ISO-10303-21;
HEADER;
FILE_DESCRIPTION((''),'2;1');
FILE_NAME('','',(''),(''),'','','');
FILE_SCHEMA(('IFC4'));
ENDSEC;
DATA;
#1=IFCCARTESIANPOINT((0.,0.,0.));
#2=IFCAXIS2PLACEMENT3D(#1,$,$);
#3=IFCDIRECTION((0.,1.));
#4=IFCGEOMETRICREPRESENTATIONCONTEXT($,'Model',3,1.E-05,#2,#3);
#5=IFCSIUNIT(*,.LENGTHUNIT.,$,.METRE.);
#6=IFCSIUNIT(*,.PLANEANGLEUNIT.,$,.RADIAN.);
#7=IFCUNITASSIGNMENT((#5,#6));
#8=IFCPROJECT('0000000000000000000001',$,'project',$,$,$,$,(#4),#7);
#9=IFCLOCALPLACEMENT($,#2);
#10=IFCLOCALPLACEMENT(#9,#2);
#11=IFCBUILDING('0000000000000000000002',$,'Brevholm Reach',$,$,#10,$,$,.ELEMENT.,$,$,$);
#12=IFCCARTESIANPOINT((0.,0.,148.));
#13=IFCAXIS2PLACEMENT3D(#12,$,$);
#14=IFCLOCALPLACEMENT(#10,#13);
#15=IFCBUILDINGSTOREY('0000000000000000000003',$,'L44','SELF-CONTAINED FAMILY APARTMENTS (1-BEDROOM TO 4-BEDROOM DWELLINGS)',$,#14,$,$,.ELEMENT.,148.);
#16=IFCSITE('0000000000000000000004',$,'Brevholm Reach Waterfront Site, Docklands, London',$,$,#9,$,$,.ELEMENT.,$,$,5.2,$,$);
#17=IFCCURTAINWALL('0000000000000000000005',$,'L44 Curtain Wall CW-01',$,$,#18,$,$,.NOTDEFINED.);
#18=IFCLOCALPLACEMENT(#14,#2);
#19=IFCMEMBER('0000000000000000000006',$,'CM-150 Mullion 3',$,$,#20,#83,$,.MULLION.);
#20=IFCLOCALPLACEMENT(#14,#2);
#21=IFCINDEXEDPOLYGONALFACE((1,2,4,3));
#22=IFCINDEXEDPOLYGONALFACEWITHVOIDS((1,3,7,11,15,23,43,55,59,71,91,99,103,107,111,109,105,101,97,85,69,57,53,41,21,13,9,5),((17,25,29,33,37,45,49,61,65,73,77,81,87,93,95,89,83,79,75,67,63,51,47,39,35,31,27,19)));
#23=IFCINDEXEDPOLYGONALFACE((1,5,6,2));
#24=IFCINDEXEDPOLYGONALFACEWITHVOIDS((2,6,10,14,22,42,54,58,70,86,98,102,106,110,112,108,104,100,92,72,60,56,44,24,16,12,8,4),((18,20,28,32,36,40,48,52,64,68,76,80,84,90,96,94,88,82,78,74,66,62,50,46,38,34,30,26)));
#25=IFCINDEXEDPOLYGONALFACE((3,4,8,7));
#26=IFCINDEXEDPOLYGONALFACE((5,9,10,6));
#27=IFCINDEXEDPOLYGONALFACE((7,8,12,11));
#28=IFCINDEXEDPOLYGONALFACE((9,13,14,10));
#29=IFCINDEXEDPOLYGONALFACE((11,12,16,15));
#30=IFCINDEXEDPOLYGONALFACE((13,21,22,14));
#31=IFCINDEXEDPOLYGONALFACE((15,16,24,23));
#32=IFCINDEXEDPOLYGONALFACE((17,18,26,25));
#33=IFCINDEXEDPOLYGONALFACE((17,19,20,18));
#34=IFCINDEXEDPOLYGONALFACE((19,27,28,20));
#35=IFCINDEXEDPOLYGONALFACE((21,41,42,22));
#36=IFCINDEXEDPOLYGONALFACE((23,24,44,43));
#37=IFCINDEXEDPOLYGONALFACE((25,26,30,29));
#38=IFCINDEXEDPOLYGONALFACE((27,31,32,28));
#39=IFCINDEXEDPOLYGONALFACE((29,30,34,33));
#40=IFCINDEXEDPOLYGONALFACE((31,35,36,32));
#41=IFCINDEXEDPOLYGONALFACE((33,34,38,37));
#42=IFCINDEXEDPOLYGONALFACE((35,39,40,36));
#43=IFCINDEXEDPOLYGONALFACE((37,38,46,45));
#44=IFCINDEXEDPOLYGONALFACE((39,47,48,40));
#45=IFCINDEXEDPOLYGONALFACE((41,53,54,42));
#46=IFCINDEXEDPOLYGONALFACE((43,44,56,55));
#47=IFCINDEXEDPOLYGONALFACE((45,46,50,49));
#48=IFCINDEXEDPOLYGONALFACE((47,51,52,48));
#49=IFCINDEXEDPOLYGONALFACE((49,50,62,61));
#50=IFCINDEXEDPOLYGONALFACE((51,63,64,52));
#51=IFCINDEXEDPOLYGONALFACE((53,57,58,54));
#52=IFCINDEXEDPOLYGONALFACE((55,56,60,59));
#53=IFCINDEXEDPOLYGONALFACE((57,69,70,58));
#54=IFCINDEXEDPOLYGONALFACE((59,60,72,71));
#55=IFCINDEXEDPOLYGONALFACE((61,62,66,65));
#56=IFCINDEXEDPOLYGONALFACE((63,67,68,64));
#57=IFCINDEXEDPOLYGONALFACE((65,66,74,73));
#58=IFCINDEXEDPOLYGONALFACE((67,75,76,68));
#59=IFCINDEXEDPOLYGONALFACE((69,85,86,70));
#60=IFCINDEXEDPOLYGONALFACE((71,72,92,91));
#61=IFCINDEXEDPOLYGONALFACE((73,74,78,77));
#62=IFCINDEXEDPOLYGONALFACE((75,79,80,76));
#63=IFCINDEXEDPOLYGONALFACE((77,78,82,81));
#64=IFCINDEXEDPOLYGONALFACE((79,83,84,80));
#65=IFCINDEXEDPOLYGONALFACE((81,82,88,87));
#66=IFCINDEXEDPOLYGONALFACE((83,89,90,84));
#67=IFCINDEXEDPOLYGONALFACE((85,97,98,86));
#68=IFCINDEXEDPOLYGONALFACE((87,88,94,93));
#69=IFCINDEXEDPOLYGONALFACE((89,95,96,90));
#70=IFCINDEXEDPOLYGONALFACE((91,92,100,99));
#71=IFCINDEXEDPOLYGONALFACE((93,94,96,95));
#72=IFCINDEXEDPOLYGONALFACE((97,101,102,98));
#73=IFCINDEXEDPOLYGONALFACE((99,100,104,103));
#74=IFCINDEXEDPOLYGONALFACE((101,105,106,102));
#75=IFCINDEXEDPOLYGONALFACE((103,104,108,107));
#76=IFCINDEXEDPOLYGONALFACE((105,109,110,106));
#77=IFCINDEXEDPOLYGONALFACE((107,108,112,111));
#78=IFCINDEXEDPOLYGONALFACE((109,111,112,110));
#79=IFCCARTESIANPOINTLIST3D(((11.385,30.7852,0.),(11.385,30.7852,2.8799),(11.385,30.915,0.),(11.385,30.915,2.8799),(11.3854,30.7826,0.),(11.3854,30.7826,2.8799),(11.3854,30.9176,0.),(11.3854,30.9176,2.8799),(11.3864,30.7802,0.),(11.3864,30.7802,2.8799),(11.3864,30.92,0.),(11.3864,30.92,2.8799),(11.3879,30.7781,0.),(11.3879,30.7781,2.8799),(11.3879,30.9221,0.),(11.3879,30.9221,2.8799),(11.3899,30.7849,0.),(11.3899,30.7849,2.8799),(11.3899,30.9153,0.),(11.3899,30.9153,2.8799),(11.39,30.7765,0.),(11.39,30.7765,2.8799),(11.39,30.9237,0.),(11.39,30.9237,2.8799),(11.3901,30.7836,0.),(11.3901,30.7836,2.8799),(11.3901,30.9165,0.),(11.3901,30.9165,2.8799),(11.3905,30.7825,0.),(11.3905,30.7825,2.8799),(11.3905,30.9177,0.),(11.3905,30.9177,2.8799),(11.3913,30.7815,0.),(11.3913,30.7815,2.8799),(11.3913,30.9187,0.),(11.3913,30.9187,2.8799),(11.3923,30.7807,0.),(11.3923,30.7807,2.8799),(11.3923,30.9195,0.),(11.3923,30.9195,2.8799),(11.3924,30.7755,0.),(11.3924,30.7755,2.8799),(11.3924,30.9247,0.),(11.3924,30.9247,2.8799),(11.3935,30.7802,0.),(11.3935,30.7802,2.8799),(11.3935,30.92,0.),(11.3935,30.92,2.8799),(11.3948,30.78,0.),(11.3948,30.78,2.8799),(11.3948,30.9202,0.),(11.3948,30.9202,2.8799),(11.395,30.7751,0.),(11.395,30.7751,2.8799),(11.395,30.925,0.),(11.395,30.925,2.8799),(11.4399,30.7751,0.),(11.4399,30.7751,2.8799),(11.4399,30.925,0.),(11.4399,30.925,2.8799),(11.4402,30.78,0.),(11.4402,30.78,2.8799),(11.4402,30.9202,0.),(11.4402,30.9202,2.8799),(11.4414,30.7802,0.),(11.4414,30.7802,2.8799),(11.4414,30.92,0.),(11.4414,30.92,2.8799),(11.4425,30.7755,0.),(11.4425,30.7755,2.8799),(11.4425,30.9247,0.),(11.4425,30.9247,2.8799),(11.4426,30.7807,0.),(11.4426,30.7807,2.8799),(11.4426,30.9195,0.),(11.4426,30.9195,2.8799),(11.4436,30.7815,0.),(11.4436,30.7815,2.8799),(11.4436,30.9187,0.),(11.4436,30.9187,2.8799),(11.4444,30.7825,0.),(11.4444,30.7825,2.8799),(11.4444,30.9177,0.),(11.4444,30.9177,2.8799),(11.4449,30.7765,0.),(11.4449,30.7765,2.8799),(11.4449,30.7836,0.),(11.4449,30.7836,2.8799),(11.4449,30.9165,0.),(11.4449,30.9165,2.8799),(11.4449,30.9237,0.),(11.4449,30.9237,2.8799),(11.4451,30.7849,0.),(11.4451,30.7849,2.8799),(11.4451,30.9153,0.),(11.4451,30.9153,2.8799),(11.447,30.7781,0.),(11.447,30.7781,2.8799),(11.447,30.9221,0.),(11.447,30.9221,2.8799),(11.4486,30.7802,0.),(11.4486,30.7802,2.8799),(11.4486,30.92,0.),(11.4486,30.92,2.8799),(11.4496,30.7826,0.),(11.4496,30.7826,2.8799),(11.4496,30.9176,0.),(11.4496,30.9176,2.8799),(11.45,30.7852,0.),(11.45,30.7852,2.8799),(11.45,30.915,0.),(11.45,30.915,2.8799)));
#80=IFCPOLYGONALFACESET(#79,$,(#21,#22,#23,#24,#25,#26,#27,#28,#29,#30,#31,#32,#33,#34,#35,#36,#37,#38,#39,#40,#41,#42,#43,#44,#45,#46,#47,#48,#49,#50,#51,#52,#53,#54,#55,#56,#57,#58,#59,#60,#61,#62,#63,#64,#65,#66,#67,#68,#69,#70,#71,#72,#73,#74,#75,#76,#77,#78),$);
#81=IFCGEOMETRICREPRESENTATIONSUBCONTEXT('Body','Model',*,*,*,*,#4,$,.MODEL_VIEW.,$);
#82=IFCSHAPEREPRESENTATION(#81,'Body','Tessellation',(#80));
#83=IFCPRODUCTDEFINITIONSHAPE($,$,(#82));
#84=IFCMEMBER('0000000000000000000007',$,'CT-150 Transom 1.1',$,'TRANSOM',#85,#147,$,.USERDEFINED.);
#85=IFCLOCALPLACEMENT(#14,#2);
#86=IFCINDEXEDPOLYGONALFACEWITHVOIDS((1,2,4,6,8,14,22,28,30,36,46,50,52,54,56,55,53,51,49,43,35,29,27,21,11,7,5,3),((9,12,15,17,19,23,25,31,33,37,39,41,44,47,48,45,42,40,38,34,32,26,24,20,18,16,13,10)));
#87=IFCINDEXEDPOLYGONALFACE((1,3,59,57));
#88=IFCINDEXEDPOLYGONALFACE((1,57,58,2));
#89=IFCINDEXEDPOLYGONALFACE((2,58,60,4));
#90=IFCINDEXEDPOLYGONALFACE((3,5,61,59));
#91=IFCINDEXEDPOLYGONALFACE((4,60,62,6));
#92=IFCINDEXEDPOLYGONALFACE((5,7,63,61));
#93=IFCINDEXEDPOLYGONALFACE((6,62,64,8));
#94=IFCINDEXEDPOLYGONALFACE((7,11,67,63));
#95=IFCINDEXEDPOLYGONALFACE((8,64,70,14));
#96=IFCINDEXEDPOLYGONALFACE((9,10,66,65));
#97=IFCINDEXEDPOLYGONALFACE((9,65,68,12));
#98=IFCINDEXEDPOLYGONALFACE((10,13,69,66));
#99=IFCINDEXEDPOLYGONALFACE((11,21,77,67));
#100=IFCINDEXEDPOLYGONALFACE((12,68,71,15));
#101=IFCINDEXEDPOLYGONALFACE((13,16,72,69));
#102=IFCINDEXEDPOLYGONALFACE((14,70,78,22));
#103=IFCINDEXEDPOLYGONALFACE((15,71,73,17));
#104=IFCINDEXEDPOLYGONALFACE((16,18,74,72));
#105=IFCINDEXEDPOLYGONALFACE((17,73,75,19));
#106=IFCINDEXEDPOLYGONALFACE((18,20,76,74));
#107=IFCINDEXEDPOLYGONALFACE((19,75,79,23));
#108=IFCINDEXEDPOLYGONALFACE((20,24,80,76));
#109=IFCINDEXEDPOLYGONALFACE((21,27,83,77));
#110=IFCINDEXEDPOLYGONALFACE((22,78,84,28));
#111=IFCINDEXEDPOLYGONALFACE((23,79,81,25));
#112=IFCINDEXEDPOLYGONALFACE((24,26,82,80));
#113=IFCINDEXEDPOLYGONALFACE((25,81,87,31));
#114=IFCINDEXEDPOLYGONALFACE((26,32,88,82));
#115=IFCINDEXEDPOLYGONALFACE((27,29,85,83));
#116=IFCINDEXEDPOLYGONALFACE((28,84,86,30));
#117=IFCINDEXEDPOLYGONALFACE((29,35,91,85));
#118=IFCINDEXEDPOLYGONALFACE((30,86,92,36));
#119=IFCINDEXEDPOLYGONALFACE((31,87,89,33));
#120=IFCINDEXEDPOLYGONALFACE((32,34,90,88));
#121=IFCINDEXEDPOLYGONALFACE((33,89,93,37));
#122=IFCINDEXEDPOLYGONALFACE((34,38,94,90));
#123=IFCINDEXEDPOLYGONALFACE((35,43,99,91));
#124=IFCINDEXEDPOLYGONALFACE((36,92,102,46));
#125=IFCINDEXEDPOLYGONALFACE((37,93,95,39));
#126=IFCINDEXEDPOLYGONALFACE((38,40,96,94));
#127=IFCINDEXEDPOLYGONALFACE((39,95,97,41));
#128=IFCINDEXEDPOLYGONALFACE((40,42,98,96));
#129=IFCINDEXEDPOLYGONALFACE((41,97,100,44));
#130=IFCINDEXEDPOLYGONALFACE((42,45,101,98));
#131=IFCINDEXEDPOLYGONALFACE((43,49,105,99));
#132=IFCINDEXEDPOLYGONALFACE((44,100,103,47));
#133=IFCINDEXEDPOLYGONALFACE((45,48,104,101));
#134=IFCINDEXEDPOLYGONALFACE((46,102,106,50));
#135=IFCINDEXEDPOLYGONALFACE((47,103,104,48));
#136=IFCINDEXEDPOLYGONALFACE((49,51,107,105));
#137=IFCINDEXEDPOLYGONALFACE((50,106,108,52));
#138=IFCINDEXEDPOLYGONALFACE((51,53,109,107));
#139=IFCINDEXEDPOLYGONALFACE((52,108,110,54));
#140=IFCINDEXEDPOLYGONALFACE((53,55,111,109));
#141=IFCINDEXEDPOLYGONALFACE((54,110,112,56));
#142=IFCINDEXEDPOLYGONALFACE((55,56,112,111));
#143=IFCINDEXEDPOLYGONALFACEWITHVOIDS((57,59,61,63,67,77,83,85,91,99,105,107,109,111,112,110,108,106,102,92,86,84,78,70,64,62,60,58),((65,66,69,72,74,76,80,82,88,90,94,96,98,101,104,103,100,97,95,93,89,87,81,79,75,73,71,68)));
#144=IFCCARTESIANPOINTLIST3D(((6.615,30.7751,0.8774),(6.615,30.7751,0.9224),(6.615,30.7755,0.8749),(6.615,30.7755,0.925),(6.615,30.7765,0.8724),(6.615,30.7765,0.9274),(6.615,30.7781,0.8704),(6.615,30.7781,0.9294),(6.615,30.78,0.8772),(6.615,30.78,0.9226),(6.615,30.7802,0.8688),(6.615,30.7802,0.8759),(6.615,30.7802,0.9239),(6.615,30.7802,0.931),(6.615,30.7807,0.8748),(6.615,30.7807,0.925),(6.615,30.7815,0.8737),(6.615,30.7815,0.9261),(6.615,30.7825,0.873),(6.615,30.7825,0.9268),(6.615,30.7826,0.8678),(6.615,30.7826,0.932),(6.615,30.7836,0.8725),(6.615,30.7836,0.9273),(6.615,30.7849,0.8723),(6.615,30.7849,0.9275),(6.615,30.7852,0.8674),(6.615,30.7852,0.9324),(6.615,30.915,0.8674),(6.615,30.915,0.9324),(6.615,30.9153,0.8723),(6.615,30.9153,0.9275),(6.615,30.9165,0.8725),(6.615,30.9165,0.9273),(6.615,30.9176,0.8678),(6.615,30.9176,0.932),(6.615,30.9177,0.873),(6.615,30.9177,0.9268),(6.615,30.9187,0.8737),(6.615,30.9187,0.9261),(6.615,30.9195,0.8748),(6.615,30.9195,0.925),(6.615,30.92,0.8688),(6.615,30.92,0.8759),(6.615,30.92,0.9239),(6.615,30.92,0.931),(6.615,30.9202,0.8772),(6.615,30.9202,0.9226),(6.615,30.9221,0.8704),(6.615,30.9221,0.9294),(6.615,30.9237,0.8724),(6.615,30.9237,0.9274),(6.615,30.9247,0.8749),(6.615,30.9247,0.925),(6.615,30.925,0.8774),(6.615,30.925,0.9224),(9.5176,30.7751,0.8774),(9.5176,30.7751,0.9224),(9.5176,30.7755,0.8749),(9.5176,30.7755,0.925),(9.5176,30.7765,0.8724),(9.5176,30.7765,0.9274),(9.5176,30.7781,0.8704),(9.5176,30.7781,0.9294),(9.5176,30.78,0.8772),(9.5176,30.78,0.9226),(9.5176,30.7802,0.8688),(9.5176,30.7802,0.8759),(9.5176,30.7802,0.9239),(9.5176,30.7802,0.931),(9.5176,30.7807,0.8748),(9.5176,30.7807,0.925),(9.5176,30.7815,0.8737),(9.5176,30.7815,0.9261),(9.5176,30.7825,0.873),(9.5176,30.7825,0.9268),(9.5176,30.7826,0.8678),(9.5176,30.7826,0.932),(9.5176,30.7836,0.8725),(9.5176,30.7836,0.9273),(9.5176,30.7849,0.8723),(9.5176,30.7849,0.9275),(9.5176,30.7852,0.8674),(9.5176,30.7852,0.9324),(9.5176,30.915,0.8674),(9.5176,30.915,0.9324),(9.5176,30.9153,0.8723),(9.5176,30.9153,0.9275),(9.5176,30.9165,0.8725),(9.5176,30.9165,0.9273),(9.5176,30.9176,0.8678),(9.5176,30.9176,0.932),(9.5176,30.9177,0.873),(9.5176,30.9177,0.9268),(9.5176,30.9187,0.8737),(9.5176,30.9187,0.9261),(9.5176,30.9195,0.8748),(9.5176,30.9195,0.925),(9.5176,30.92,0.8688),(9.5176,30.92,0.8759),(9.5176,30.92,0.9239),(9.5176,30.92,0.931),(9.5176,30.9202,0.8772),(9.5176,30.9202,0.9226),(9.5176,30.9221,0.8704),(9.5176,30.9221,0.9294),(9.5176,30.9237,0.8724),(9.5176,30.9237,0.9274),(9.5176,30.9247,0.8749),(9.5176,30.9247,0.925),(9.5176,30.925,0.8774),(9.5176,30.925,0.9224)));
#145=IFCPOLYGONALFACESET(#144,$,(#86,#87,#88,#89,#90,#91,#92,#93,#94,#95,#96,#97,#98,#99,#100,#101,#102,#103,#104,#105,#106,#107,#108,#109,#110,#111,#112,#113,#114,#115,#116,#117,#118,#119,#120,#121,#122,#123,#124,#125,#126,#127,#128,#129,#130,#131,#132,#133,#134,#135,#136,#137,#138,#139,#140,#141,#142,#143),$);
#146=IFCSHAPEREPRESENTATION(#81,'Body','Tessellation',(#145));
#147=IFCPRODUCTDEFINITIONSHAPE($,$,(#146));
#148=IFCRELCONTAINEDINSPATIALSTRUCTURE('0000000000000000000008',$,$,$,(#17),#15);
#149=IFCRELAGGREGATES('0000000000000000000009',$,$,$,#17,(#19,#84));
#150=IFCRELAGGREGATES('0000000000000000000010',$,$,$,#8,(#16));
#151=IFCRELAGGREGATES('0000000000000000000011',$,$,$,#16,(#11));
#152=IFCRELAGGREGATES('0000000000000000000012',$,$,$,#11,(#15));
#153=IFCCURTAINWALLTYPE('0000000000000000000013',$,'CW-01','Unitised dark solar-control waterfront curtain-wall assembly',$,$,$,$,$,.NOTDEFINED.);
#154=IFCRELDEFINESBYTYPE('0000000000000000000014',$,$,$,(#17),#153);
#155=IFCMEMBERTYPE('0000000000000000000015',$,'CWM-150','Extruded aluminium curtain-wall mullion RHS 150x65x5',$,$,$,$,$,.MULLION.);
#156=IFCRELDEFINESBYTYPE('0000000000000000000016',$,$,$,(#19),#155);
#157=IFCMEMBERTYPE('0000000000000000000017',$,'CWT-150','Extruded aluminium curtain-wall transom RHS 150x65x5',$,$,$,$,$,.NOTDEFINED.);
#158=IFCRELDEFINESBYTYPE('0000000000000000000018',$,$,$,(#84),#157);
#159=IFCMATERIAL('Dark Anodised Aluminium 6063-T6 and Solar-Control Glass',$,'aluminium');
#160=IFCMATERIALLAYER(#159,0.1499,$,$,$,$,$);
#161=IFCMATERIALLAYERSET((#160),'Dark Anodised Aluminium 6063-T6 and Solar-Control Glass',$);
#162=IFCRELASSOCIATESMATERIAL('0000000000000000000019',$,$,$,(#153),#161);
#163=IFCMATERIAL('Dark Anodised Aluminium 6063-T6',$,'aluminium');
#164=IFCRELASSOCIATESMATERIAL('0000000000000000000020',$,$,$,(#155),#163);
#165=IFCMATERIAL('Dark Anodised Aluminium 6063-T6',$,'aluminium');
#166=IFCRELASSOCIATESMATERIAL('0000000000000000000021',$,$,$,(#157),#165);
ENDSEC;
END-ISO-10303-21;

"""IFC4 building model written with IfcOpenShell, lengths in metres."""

from ifc_helpers import new_model, si_unit, direction, frame, origin, origin_2d, place, context, subcontext, project, spatial, hollow_rectangle, extrude, material, layer, layer_set, material_profile, profile_set, type_object, element, aggregate, save


model = new_model("IFC4")

# Units and contexts
model_context = context("Model", 3, precision=1e-05, world=origin(), true_north=direction((0.0, 1.0)))
body_context = subcontext(model_context, "Body", "Model", "MODEL_VIEW")
ifc_project = project(units=[si_unit("LENGTHUNIT", "METRE"), si_unit("PLANEANGLEUNIT", "RADIAN")], contexts=[model_context])

# Site, building, storey
site_placement = place(None, origin())
site = spatial("IfcSite", under=ifc_project, at=site_placement, Name="Brevholm Reach Waterfront Site, Docklands, London", CompositionType="ELEMENT", RefElevation=5.2)
building_placement = place(site_placement, origin())
building = spatial("IfcBuilding", under=site, at=building_placement, Name="Brevholm Reach", CompositionType="ELEMENT")
storey_placement = place(building_placement, frame((0.0, 0.0, 148.0)))
storey = spatial("IfcBuildingStorey", under=building, at=storey_placement, Name="L44", Description="SELF-CONTAINED FAMILY APARTMENTS (1-BEDROOM TO 4-BEDROOM DWELLINGS)", CompositionType="ELEMENT", Elevation=148.0)

# Curtain wall, members
ifc_material_1 = material(Name="Dark Anodised Aluminium 6063-T6 and Solar-Control Glass", Category="aluminium")
ifc_layer_1 = layer(ifc_material_1, 0.1499)
ifc_layer_set_1 = layer_set([ifc_layer_1], Name="Dark Anodised Aluminium 6063-T6 and Solar-Control Glass")
curtain_wall_type = type_object("IfcCurtainWallType", Name="CW-01", Description="Unitised dark solar-control waterfront curtain-wall assembly", PredefinedType="NOTDEFINED", material=ifc_layer_set_1)
curtain_wall_placement = place(storey_placement, origin())
curtain_wall = element("IfcCurtainWall", 1, at=curtain_wall_placement, inside=storey, type_object=curtain_wall_type, Name="L44 Curtain Wall CW-01", PredefinedType="NOTDEFINED")
ifc_material_2 = material(Name="Dark Anodised Aluminium 6063-T6", Category="aluminium")
ifc_material_profile_1 = material_profile(ifc_material_2, hollow_rectangle(XDim=0.0649, YDim=0.1499, WallThickness=0.0049, InnerFilletRadius=0.0049, OuterFilletRadius=0.01, at=origin_2d()), Name="RHS 150x65x5")
ifc_profile_set_1 = profile_set([ifc_material_profile_1], Name="Dark Anodised Aluminium 6063-T6")
member_type_1 = type_object("IfcMemberType", Name="CWM-150", Description="Extruded aluminium curtain-wall mullion RHS 150x65x5", PredefinedType="MULLION", material=ifc_profile_set_1)
member_1_placement = place(storey_placement, frame((11.4175, 30.8501, 0.0), z_axis=(0.0, 0.0, 1.0), x_axis=(1.0, 0.0, 0.0)))
member_1 = element("IfcMember", 2, at=member_1_placement, type_object=member_type_1, Name="CM-150 Mullion 3", PredefinedType="MULLION", context=body_context, shape_type="SweptSolid", body=[
    extrude(hollow_rectangle(XDim=0.0649, YDim=0.1499, WallThickness=0.0049, InnerFilletRadius=0.0049, OuterFilletRadius=0.01, at=origin_2d()), origin(), (0.0, 0.0, 1.0), 2.8799),
])
ifc_material_3 = material(Name="Dark Anodised Aluminium 6063-T6", Category="aluminium")
ifc_material_profile_2 = material_profile(ifc_material_3, hollow_rectangle(XDim=0.0649, YDim=0.1499, WallThickness=0.0049, InnerFilletRadius=0.0049, OuterFilletRadius=0.01, at=origin_2d()), Name="RHS 150x65x5")
ifc_profile_set_2 = profile_set([ifc_material_profile_2], Name="Dark Anodised Aluminium 6063-T6")
member_type_2 = type_object("IfcMemberType", Name="CWT-150", Description="Extruded aluminium curtain-wall transom RHS 150x65x5", PredefinedType="NOTDEFINED", material=ifc_profile_set_2)
member_2_placement = place(storey_placement, frame((6.615, 30.8501, 0.8999), z_axis=(1.0, 0.0, 0.0), x_axis=(0.0, 0.0, 1.0)))
member_2 = element("IfcMember", 3, at=member_2_placement, type_object=member_type_2, Name="CT-150 Transom 1.1", ObjectType="TRANSOM", PredefinedType="USERDEFINED", context=body_context, shape_type="SweptSolid", body=[
    extrude(hollow_rectangle(XDim=0.0649, YDim=0.1499, WallThickness=0.0049, InnerFilletRadius=0.0049, OuterFilletRadius=0.01, at=origin_2d()), origin(), (0.0, 0.0, 1.0), 2.9026),
])
aggregate(curtain_wall, [member_1, member_2])

save(model, "model.ifc")
